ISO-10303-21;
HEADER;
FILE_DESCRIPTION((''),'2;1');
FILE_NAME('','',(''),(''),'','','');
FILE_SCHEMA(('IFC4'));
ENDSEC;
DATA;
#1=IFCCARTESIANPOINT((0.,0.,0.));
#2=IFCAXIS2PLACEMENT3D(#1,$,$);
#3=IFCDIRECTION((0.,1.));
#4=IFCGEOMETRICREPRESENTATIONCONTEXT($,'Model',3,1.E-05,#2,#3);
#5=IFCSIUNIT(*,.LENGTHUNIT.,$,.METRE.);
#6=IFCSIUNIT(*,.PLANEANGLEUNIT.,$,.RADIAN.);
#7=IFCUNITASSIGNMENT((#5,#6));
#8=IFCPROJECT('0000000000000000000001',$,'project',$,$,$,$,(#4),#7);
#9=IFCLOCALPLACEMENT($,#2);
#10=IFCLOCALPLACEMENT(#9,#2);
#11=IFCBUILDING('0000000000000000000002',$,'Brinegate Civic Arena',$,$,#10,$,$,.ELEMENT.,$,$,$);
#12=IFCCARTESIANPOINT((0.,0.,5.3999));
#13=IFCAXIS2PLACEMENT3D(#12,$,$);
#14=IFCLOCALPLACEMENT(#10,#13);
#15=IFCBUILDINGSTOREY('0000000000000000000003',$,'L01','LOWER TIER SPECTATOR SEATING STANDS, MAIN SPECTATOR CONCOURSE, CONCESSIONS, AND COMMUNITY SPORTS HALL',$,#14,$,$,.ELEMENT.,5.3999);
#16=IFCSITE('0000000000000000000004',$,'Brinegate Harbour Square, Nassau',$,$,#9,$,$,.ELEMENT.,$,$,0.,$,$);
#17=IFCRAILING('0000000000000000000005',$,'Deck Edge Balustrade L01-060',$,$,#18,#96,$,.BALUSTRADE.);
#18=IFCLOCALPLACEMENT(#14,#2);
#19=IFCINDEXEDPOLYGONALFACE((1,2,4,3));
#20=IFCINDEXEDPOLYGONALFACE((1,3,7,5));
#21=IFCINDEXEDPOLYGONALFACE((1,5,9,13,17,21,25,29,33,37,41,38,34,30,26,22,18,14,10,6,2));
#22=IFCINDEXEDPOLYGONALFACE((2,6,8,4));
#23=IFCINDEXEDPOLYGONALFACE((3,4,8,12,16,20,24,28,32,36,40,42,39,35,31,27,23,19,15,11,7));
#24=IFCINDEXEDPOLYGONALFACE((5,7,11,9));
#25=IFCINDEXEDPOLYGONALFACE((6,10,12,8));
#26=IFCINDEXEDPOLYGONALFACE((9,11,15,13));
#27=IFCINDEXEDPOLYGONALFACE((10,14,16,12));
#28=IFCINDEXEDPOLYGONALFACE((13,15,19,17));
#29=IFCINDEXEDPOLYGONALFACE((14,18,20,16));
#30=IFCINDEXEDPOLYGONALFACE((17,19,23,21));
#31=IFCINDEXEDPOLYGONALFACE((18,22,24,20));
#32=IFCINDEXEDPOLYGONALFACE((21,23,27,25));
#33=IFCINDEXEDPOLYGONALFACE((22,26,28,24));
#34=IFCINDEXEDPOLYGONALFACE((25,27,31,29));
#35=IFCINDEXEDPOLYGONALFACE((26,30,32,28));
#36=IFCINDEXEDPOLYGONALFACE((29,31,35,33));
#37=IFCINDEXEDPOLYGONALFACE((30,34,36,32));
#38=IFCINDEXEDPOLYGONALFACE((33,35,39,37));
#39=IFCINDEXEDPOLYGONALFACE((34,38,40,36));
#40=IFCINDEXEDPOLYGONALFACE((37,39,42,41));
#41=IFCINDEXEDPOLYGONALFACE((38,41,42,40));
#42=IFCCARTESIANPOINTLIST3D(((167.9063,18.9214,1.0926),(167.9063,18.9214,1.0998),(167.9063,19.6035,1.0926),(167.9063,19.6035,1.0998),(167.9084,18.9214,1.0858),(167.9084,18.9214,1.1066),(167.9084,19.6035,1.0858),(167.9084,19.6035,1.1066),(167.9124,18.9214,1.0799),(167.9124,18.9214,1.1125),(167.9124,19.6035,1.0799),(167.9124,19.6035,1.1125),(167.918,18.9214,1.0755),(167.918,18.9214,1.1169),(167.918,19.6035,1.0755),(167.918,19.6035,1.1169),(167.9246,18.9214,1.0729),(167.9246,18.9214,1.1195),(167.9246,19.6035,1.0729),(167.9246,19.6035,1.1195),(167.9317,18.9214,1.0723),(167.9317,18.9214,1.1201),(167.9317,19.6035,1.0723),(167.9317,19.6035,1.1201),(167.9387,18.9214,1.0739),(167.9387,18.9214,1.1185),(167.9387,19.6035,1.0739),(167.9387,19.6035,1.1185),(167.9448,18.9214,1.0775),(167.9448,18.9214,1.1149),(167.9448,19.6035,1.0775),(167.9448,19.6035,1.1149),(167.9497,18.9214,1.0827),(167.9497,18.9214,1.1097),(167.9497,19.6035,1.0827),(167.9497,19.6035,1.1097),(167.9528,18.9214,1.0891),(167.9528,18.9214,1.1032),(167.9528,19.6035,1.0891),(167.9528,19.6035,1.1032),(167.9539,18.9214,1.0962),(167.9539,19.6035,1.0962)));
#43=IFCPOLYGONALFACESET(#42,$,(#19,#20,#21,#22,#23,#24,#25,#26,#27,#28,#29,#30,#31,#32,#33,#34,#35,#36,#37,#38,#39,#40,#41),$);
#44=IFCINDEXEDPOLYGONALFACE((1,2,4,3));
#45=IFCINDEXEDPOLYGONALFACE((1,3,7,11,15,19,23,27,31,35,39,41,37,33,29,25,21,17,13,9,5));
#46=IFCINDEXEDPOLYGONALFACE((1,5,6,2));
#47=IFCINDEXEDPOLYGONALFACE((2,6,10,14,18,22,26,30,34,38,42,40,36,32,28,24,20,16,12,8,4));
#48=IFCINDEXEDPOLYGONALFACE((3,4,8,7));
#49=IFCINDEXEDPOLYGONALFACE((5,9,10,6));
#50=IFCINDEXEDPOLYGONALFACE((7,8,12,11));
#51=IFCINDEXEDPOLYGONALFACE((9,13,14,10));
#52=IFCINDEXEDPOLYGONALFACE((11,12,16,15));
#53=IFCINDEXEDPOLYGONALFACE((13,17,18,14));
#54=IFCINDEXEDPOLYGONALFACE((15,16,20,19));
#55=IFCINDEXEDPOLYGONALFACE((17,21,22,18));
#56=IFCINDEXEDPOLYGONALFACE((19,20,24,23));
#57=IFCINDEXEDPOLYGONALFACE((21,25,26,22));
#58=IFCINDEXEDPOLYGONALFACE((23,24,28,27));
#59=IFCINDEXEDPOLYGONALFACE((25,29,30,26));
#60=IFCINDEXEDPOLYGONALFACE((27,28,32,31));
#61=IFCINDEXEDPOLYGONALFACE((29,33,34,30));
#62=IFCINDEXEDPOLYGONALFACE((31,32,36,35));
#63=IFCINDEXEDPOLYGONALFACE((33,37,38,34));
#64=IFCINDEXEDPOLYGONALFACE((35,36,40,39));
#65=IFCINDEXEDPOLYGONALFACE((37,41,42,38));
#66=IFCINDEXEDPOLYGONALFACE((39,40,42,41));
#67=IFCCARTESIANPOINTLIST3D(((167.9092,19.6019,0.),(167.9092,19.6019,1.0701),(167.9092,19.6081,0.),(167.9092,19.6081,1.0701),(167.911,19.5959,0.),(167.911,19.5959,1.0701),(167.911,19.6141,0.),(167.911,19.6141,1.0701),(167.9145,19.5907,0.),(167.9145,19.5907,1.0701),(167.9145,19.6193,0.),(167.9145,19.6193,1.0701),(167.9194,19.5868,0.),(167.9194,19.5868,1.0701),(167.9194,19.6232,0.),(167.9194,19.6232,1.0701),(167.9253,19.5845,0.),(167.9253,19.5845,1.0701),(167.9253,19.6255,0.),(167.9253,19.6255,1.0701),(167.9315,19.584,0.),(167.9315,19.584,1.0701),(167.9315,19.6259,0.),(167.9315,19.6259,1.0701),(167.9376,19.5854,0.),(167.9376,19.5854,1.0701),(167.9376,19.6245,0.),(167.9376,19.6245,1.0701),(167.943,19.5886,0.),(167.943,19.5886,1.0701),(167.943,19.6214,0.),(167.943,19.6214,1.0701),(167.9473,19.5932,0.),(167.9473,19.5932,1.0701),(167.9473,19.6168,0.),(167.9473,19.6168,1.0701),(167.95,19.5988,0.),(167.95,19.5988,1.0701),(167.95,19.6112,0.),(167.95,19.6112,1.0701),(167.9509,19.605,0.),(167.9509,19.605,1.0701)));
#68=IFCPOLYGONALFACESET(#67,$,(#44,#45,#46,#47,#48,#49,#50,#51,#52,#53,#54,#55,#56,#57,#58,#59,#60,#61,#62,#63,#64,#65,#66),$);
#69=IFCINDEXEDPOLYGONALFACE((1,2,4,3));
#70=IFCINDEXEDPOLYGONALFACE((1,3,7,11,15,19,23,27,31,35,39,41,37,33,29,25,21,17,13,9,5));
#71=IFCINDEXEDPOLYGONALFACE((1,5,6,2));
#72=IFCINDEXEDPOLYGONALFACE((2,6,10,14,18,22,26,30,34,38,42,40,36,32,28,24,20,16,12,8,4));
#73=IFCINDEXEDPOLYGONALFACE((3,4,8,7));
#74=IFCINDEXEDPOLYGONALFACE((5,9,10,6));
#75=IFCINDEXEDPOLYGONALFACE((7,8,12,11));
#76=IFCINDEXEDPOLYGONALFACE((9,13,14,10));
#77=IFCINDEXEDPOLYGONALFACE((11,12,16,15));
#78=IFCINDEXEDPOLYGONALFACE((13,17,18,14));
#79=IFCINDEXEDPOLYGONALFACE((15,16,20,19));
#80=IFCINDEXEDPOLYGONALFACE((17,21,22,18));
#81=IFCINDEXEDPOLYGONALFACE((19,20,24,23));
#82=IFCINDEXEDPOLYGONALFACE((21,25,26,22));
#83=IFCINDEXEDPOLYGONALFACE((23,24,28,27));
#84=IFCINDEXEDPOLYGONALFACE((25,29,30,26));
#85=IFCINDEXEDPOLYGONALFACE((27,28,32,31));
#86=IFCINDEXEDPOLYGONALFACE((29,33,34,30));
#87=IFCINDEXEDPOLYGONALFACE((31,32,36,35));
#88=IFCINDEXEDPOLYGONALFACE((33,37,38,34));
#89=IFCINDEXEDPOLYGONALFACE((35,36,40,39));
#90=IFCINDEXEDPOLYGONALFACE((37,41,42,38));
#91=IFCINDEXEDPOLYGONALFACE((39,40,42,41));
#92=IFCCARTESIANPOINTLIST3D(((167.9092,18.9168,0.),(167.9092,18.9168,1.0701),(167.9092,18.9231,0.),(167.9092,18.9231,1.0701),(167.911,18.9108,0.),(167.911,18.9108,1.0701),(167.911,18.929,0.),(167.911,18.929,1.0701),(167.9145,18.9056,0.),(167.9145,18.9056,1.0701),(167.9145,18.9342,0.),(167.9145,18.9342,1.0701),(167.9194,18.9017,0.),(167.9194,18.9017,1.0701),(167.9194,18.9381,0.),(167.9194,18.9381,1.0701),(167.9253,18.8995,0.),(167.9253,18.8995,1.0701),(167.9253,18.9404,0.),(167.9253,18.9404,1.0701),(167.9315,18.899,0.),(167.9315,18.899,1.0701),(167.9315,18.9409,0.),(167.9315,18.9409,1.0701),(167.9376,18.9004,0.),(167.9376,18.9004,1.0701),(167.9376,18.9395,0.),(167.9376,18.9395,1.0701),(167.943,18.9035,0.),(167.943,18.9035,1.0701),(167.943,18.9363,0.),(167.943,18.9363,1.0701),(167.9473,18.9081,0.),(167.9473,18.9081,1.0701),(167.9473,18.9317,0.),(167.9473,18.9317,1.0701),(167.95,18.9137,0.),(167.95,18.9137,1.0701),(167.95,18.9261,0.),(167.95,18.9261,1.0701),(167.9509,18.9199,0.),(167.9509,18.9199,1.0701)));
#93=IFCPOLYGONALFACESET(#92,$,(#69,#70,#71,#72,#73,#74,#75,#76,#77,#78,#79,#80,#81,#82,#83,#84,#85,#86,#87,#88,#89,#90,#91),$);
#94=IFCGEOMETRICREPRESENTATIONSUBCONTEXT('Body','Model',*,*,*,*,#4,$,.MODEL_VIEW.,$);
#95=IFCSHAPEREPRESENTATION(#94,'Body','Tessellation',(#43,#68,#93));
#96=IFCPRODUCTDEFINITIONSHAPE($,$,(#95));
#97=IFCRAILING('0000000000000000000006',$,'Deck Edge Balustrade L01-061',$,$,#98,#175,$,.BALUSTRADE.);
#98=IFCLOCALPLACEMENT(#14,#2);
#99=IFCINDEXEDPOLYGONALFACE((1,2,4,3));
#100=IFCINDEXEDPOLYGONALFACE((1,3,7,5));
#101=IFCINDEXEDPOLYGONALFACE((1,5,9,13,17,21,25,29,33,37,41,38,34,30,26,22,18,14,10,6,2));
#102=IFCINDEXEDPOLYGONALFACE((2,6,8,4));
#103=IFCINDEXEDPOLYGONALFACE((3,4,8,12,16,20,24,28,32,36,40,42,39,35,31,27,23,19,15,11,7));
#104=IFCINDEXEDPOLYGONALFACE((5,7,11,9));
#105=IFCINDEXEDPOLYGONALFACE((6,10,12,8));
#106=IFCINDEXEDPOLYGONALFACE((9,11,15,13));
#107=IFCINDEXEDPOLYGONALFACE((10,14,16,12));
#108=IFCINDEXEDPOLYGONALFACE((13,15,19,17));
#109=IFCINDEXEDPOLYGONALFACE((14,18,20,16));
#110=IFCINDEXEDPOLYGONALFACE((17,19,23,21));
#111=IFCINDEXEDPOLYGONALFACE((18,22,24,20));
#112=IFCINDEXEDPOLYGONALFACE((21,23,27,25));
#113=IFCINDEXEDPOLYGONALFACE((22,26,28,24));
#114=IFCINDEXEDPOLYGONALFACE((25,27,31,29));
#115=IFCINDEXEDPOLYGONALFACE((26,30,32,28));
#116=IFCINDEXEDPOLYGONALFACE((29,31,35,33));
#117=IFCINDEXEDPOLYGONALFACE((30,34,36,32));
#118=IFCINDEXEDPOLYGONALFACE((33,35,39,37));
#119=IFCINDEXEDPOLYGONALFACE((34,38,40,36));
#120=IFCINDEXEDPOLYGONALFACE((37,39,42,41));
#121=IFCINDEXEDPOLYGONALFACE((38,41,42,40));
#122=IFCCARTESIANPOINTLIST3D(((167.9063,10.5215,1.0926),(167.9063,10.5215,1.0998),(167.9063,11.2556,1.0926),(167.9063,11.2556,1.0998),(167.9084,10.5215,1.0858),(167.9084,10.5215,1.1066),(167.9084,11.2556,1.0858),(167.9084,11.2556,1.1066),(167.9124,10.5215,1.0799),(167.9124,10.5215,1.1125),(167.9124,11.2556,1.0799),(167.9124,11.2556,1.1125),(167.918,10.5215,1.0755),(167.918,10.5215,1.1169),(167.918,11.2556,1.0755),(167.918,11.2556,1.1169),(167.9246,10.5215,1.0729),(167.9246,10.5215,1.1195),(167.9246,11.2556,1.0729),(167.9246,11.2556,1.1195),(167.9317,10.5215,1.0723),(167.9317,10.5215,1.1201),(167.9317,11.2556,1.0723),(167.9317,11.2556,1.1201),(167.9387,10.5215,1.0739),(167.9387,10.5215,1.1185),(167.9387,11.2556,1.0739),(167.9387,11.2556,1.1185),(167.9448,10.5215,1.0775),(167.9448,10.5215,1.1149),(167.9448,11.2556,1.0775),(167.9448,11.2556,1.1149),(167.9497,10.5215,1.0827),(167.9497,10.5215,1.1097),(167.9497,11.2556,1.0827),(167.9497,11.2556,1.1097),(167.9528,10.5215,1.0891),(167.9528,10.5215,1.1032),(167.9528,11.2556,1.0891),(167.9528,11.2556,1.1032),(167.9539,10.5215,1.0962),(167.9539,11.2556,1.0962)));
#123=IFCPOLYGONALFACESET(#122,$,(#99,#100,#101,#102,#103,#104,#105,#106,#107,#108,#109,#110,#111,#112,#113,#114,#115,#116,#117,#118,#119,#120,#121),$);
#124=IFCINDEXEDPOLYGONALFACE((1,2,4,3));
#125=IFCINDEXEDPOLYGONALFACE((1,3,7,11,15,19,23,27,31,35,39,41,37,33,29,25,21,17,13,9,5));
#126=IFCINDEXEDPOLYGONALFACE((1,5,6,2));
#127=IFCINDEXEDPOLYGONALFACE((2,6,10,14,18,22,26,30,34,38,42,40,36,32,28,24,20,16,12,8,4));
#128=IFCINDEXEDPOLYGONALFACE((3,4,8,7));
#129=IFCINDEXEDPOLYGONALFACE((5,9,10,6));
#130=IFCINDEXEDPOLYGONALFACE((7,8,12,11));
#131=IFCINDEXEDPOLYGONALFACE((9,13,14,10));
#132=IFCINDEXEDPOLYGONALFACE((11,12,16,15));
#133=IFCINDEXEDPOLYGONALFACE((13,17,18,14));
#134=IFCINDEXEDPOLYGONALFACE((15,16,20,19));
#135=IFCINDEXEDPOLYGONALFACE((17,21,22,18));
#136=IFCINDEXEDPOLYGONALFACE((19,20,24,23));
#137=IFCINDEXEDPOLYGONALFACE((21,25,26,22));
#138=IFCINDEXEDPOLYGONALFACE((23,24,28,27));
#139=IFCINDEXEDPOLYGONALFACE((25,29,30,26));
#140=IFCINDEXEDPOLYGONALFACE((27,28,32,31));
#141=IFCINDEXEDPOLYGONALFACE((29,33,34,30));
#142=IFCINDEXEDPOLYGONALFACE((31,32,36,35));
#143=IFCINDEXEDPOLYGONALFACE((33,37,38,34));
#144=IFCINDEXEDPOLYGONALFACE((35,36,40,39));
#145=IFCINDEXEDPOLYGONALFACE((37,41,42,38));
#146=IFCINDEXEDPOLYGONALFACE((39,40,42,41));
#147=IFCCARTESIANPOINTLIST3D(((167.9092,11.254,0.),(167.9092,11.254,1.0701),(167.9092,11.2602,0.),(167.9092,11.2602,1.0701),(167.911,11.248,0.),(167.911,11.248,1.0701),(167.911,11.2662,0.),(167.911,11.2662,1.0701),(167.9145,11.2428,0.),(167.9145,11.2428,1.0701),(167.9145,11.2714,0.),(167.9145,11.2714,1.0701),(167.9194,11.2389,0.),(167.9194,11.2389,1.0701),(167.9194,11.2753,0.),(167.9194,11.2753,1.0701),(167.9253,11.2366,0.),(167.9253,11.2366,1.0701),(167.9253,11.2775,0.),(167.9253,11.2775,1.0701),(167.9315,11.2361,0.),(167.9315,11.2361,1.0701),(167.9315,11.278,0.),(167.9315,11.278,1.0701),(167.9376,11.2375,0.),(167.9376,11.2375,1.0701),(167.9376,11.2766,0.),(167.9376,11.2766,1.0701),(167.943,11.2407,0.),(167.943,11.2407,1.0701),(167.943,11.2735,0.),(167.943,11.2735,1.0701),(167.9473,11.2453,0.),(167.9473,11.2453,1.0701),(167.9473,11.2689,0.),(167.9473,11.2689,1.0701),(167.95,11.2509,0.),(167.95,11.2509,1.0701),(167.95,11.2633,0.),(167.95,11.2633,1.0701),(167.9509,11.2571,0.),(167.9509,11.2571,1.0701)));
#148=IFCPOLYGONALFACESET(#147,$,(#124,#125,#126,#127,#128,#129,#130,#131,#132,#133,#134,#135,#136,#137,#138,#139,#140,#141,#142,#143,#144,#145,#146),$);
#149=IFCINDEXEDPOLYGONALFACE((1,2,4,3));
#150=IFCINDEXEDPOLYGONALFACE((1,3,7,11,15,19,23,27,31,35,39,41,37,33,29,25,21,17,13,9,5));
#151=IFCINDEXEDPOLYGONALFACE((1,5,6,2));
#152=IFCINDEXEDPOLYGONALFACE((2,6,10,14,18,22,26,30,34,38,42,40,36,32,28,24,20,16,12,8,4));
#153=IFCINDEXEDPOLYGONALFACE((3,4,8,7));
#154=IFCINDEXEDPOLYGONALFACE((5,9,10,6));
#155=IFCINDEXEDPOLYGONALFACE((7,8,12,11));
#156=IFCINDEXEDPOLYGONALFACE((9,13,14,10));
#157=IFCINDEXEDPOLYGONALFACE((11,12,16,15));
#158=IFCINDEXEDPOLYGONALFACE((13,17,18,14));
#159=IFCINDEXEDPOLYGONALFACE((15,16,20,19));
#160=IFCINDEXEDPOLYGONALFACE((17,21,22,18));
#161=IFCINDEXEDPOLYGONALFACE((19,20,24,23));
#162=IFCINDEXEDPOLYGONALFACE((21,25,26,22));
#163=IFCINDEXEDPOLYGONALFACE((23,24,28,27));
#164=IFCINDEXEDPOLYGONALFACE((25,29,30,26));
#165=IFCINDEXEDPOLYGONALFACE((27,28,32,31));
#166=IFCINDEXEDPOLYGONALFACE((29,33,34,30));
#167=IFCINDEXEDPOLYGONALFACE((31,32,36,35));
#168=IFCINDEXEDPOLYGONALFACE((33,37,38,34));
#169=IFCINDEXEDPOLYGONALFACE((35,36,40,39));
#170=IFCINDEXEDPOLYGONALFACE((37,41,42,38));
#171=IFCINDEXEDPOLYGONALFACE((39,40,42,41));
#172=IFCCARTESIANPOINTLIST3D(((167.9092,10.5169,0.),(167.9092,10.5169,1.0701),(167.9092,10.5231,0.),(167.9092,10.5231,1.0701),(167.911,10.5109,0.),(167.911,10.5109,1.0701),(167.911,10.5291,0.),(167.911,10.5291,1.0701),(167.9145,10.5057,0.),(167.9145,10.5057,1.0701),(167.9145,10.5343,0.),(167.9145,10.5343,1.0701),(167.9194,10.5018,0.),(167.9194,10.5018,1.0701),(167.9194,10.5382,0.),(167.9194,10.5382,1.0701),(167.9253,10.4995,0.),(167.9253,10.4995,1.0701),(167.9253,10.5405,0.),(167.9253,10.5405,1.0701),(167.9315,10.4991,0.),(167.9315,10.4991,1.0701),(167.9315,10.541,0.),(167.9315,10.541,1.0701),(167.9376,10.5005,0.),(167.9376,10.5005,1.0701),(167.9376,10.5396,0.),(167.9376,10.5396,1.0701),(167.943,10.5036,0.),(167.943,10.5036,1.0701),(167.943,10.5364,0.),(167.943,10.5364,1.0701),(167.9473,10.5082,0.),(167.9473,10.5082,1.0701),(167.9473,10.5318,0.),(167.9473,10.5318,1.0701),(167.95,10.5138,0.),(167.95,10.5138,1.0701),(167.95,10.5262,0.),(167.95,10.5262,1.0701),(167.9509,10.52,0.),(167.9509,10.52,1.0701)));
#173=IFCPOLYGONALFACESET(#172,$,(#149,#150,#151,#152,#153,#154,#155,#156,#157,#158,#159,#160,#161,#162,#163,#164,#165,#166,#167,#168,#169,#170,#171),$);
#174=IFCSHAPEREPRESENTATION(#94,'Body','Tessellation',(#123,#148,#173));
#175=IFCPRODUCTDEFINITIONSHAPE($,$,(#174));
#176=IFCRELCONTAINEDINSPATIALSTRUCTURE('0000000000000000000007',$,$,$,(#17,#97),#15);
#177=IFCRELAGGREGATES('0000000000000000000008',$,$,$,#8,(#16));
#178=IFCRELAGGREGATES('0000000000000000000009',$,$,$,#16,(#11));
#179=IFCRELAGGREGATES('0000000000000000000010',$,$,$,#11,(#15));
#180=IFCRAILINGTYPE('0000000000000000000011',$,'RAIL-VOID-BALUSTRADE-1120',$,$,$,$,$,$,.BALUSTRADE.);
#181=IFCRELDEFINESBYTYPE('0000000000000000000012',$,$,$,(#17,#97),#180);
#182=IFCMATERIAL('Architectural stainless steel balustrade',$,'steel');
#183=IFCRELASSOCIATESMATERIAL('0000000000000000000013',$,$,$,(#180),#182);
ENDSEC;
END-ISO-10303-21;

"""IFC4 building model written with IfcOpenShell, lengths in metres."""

from ifc_helpers import new_model, si_unit, direction, frame, origin, origin_2d, place, context, subcontext, project, spatial, circle, extrude, material, type_object, element, save


model = new_model("IFC4")

# Units and contexts
model_context = context("Model", 3, precision=1e-05, world=origin(), true_north=direction((0.0, 1.0)))
body_context = subcontext(model_context, "Body", "Model", "MODEL_VIEW")
ifc_project = project(units=[si_unit("LENGTHUNIT", "METRE"), si_unit("PLANEANGLEUNIT", "RADIAN")], contexts=[model_context])

# Site, building, storey
site_placement = place(None, origin())
site = spatial("IfcSite", under=ifc_project, at=site_placement, Name="Brinegate Harbour Square, Nassau", CompositionType="ELEMENT", RefElevation=0.0)
building_placement = place(site_placement, origin())
building = spatial("IfcBuilding", under=site, at=building_placement, Name="Brinegate Civic Arena", CompositionType="ELEMENT")
storey_placement = place(building_placement, frame((0.0, 0.0, 5.3999)))
storey = spatial("IfcBuildingStorey", under=building, at=storey_placement, Name="L01", Description="LOWER TIER SPECTATOR SEATING STANDS, MAIN SPECTATOR CONCOURSE, CONCESSIONS, AND COMMUNITY SPORTS HALL", CompositionType="ELEMENT", Elevation=5.3999)

# Railings
ifc_material_1 = material(Name="Architectural stainless steel balustrade", Category="steel")
railing_type_1 = type_object("IfcRailingType", Name="RAIL-VOID-BALUSTRADE-1120", PredefinedType="BALUSTRADE", material=ifc_material_1)
railing_1_placement = place(storey_placement, frame((167.9299, 19.605, 0.0)))
element("IfcRailing", 1, at=railing_1_placement, inside=storey, type_object=railing_type_1, Name="Deck Edge Balustrade L01-060", PredefinedType="BALUSTRADE", context=body_context, shape_type="SweptSolid", body=[
    extrude(circle(Radius=0.0239, at=origin_2d()), frame((0.0, -0.0015, 1.0962), z_axis=(0.0, -1.0, 0.0), x_axis=(1.0, 0.0, 0.0)), (0.0, 0.0, 1.0), 0.6821),
    extrude(circle(Radius=0.021, at=origin_2d()), origin(), (0.0, 0.0, 1.0), 1.0701),
    extrude(circle(Radius=0.021, at=origin_2d()), frame((0.0, -0.6851, 0.0)), (0.0, 0.0, 1.0), 1.0701),
])
railing_2_placement = place(storey_placement, frame((167.9299, 11.2571, 0.0)))
element("IfcRailing", 2, at=railing_2_placement, inside=storey, type_object=railing_type_1, Name="Deck Edge Balustrade L01-061", PredefinedType="BALUSTRADE", context=body_context, shape_type="SweptSolid", body=[
    extrude(circle(Radius=0.0239, at=origin_2d()), frame((0.0, -0.0015, 1.0962), z_axis=(0.0, -1.0, 0.0), x_axis=(1.0, 0.0, 0.0)), (0.0, 0.0, 1.0), 0.7341),
    extrude(circle(Radius=0.021, at=origin_2d()), origin(), (0.0, 0.0, 1.0), 1.0701),
    extrude(circle(Radius=0.021, at=origin_2d()), frame((0.0, -0.7371, 0.0)), (0.0, 0.0, 1.0), 1.0701),
])

save(model, "model.ifc")
